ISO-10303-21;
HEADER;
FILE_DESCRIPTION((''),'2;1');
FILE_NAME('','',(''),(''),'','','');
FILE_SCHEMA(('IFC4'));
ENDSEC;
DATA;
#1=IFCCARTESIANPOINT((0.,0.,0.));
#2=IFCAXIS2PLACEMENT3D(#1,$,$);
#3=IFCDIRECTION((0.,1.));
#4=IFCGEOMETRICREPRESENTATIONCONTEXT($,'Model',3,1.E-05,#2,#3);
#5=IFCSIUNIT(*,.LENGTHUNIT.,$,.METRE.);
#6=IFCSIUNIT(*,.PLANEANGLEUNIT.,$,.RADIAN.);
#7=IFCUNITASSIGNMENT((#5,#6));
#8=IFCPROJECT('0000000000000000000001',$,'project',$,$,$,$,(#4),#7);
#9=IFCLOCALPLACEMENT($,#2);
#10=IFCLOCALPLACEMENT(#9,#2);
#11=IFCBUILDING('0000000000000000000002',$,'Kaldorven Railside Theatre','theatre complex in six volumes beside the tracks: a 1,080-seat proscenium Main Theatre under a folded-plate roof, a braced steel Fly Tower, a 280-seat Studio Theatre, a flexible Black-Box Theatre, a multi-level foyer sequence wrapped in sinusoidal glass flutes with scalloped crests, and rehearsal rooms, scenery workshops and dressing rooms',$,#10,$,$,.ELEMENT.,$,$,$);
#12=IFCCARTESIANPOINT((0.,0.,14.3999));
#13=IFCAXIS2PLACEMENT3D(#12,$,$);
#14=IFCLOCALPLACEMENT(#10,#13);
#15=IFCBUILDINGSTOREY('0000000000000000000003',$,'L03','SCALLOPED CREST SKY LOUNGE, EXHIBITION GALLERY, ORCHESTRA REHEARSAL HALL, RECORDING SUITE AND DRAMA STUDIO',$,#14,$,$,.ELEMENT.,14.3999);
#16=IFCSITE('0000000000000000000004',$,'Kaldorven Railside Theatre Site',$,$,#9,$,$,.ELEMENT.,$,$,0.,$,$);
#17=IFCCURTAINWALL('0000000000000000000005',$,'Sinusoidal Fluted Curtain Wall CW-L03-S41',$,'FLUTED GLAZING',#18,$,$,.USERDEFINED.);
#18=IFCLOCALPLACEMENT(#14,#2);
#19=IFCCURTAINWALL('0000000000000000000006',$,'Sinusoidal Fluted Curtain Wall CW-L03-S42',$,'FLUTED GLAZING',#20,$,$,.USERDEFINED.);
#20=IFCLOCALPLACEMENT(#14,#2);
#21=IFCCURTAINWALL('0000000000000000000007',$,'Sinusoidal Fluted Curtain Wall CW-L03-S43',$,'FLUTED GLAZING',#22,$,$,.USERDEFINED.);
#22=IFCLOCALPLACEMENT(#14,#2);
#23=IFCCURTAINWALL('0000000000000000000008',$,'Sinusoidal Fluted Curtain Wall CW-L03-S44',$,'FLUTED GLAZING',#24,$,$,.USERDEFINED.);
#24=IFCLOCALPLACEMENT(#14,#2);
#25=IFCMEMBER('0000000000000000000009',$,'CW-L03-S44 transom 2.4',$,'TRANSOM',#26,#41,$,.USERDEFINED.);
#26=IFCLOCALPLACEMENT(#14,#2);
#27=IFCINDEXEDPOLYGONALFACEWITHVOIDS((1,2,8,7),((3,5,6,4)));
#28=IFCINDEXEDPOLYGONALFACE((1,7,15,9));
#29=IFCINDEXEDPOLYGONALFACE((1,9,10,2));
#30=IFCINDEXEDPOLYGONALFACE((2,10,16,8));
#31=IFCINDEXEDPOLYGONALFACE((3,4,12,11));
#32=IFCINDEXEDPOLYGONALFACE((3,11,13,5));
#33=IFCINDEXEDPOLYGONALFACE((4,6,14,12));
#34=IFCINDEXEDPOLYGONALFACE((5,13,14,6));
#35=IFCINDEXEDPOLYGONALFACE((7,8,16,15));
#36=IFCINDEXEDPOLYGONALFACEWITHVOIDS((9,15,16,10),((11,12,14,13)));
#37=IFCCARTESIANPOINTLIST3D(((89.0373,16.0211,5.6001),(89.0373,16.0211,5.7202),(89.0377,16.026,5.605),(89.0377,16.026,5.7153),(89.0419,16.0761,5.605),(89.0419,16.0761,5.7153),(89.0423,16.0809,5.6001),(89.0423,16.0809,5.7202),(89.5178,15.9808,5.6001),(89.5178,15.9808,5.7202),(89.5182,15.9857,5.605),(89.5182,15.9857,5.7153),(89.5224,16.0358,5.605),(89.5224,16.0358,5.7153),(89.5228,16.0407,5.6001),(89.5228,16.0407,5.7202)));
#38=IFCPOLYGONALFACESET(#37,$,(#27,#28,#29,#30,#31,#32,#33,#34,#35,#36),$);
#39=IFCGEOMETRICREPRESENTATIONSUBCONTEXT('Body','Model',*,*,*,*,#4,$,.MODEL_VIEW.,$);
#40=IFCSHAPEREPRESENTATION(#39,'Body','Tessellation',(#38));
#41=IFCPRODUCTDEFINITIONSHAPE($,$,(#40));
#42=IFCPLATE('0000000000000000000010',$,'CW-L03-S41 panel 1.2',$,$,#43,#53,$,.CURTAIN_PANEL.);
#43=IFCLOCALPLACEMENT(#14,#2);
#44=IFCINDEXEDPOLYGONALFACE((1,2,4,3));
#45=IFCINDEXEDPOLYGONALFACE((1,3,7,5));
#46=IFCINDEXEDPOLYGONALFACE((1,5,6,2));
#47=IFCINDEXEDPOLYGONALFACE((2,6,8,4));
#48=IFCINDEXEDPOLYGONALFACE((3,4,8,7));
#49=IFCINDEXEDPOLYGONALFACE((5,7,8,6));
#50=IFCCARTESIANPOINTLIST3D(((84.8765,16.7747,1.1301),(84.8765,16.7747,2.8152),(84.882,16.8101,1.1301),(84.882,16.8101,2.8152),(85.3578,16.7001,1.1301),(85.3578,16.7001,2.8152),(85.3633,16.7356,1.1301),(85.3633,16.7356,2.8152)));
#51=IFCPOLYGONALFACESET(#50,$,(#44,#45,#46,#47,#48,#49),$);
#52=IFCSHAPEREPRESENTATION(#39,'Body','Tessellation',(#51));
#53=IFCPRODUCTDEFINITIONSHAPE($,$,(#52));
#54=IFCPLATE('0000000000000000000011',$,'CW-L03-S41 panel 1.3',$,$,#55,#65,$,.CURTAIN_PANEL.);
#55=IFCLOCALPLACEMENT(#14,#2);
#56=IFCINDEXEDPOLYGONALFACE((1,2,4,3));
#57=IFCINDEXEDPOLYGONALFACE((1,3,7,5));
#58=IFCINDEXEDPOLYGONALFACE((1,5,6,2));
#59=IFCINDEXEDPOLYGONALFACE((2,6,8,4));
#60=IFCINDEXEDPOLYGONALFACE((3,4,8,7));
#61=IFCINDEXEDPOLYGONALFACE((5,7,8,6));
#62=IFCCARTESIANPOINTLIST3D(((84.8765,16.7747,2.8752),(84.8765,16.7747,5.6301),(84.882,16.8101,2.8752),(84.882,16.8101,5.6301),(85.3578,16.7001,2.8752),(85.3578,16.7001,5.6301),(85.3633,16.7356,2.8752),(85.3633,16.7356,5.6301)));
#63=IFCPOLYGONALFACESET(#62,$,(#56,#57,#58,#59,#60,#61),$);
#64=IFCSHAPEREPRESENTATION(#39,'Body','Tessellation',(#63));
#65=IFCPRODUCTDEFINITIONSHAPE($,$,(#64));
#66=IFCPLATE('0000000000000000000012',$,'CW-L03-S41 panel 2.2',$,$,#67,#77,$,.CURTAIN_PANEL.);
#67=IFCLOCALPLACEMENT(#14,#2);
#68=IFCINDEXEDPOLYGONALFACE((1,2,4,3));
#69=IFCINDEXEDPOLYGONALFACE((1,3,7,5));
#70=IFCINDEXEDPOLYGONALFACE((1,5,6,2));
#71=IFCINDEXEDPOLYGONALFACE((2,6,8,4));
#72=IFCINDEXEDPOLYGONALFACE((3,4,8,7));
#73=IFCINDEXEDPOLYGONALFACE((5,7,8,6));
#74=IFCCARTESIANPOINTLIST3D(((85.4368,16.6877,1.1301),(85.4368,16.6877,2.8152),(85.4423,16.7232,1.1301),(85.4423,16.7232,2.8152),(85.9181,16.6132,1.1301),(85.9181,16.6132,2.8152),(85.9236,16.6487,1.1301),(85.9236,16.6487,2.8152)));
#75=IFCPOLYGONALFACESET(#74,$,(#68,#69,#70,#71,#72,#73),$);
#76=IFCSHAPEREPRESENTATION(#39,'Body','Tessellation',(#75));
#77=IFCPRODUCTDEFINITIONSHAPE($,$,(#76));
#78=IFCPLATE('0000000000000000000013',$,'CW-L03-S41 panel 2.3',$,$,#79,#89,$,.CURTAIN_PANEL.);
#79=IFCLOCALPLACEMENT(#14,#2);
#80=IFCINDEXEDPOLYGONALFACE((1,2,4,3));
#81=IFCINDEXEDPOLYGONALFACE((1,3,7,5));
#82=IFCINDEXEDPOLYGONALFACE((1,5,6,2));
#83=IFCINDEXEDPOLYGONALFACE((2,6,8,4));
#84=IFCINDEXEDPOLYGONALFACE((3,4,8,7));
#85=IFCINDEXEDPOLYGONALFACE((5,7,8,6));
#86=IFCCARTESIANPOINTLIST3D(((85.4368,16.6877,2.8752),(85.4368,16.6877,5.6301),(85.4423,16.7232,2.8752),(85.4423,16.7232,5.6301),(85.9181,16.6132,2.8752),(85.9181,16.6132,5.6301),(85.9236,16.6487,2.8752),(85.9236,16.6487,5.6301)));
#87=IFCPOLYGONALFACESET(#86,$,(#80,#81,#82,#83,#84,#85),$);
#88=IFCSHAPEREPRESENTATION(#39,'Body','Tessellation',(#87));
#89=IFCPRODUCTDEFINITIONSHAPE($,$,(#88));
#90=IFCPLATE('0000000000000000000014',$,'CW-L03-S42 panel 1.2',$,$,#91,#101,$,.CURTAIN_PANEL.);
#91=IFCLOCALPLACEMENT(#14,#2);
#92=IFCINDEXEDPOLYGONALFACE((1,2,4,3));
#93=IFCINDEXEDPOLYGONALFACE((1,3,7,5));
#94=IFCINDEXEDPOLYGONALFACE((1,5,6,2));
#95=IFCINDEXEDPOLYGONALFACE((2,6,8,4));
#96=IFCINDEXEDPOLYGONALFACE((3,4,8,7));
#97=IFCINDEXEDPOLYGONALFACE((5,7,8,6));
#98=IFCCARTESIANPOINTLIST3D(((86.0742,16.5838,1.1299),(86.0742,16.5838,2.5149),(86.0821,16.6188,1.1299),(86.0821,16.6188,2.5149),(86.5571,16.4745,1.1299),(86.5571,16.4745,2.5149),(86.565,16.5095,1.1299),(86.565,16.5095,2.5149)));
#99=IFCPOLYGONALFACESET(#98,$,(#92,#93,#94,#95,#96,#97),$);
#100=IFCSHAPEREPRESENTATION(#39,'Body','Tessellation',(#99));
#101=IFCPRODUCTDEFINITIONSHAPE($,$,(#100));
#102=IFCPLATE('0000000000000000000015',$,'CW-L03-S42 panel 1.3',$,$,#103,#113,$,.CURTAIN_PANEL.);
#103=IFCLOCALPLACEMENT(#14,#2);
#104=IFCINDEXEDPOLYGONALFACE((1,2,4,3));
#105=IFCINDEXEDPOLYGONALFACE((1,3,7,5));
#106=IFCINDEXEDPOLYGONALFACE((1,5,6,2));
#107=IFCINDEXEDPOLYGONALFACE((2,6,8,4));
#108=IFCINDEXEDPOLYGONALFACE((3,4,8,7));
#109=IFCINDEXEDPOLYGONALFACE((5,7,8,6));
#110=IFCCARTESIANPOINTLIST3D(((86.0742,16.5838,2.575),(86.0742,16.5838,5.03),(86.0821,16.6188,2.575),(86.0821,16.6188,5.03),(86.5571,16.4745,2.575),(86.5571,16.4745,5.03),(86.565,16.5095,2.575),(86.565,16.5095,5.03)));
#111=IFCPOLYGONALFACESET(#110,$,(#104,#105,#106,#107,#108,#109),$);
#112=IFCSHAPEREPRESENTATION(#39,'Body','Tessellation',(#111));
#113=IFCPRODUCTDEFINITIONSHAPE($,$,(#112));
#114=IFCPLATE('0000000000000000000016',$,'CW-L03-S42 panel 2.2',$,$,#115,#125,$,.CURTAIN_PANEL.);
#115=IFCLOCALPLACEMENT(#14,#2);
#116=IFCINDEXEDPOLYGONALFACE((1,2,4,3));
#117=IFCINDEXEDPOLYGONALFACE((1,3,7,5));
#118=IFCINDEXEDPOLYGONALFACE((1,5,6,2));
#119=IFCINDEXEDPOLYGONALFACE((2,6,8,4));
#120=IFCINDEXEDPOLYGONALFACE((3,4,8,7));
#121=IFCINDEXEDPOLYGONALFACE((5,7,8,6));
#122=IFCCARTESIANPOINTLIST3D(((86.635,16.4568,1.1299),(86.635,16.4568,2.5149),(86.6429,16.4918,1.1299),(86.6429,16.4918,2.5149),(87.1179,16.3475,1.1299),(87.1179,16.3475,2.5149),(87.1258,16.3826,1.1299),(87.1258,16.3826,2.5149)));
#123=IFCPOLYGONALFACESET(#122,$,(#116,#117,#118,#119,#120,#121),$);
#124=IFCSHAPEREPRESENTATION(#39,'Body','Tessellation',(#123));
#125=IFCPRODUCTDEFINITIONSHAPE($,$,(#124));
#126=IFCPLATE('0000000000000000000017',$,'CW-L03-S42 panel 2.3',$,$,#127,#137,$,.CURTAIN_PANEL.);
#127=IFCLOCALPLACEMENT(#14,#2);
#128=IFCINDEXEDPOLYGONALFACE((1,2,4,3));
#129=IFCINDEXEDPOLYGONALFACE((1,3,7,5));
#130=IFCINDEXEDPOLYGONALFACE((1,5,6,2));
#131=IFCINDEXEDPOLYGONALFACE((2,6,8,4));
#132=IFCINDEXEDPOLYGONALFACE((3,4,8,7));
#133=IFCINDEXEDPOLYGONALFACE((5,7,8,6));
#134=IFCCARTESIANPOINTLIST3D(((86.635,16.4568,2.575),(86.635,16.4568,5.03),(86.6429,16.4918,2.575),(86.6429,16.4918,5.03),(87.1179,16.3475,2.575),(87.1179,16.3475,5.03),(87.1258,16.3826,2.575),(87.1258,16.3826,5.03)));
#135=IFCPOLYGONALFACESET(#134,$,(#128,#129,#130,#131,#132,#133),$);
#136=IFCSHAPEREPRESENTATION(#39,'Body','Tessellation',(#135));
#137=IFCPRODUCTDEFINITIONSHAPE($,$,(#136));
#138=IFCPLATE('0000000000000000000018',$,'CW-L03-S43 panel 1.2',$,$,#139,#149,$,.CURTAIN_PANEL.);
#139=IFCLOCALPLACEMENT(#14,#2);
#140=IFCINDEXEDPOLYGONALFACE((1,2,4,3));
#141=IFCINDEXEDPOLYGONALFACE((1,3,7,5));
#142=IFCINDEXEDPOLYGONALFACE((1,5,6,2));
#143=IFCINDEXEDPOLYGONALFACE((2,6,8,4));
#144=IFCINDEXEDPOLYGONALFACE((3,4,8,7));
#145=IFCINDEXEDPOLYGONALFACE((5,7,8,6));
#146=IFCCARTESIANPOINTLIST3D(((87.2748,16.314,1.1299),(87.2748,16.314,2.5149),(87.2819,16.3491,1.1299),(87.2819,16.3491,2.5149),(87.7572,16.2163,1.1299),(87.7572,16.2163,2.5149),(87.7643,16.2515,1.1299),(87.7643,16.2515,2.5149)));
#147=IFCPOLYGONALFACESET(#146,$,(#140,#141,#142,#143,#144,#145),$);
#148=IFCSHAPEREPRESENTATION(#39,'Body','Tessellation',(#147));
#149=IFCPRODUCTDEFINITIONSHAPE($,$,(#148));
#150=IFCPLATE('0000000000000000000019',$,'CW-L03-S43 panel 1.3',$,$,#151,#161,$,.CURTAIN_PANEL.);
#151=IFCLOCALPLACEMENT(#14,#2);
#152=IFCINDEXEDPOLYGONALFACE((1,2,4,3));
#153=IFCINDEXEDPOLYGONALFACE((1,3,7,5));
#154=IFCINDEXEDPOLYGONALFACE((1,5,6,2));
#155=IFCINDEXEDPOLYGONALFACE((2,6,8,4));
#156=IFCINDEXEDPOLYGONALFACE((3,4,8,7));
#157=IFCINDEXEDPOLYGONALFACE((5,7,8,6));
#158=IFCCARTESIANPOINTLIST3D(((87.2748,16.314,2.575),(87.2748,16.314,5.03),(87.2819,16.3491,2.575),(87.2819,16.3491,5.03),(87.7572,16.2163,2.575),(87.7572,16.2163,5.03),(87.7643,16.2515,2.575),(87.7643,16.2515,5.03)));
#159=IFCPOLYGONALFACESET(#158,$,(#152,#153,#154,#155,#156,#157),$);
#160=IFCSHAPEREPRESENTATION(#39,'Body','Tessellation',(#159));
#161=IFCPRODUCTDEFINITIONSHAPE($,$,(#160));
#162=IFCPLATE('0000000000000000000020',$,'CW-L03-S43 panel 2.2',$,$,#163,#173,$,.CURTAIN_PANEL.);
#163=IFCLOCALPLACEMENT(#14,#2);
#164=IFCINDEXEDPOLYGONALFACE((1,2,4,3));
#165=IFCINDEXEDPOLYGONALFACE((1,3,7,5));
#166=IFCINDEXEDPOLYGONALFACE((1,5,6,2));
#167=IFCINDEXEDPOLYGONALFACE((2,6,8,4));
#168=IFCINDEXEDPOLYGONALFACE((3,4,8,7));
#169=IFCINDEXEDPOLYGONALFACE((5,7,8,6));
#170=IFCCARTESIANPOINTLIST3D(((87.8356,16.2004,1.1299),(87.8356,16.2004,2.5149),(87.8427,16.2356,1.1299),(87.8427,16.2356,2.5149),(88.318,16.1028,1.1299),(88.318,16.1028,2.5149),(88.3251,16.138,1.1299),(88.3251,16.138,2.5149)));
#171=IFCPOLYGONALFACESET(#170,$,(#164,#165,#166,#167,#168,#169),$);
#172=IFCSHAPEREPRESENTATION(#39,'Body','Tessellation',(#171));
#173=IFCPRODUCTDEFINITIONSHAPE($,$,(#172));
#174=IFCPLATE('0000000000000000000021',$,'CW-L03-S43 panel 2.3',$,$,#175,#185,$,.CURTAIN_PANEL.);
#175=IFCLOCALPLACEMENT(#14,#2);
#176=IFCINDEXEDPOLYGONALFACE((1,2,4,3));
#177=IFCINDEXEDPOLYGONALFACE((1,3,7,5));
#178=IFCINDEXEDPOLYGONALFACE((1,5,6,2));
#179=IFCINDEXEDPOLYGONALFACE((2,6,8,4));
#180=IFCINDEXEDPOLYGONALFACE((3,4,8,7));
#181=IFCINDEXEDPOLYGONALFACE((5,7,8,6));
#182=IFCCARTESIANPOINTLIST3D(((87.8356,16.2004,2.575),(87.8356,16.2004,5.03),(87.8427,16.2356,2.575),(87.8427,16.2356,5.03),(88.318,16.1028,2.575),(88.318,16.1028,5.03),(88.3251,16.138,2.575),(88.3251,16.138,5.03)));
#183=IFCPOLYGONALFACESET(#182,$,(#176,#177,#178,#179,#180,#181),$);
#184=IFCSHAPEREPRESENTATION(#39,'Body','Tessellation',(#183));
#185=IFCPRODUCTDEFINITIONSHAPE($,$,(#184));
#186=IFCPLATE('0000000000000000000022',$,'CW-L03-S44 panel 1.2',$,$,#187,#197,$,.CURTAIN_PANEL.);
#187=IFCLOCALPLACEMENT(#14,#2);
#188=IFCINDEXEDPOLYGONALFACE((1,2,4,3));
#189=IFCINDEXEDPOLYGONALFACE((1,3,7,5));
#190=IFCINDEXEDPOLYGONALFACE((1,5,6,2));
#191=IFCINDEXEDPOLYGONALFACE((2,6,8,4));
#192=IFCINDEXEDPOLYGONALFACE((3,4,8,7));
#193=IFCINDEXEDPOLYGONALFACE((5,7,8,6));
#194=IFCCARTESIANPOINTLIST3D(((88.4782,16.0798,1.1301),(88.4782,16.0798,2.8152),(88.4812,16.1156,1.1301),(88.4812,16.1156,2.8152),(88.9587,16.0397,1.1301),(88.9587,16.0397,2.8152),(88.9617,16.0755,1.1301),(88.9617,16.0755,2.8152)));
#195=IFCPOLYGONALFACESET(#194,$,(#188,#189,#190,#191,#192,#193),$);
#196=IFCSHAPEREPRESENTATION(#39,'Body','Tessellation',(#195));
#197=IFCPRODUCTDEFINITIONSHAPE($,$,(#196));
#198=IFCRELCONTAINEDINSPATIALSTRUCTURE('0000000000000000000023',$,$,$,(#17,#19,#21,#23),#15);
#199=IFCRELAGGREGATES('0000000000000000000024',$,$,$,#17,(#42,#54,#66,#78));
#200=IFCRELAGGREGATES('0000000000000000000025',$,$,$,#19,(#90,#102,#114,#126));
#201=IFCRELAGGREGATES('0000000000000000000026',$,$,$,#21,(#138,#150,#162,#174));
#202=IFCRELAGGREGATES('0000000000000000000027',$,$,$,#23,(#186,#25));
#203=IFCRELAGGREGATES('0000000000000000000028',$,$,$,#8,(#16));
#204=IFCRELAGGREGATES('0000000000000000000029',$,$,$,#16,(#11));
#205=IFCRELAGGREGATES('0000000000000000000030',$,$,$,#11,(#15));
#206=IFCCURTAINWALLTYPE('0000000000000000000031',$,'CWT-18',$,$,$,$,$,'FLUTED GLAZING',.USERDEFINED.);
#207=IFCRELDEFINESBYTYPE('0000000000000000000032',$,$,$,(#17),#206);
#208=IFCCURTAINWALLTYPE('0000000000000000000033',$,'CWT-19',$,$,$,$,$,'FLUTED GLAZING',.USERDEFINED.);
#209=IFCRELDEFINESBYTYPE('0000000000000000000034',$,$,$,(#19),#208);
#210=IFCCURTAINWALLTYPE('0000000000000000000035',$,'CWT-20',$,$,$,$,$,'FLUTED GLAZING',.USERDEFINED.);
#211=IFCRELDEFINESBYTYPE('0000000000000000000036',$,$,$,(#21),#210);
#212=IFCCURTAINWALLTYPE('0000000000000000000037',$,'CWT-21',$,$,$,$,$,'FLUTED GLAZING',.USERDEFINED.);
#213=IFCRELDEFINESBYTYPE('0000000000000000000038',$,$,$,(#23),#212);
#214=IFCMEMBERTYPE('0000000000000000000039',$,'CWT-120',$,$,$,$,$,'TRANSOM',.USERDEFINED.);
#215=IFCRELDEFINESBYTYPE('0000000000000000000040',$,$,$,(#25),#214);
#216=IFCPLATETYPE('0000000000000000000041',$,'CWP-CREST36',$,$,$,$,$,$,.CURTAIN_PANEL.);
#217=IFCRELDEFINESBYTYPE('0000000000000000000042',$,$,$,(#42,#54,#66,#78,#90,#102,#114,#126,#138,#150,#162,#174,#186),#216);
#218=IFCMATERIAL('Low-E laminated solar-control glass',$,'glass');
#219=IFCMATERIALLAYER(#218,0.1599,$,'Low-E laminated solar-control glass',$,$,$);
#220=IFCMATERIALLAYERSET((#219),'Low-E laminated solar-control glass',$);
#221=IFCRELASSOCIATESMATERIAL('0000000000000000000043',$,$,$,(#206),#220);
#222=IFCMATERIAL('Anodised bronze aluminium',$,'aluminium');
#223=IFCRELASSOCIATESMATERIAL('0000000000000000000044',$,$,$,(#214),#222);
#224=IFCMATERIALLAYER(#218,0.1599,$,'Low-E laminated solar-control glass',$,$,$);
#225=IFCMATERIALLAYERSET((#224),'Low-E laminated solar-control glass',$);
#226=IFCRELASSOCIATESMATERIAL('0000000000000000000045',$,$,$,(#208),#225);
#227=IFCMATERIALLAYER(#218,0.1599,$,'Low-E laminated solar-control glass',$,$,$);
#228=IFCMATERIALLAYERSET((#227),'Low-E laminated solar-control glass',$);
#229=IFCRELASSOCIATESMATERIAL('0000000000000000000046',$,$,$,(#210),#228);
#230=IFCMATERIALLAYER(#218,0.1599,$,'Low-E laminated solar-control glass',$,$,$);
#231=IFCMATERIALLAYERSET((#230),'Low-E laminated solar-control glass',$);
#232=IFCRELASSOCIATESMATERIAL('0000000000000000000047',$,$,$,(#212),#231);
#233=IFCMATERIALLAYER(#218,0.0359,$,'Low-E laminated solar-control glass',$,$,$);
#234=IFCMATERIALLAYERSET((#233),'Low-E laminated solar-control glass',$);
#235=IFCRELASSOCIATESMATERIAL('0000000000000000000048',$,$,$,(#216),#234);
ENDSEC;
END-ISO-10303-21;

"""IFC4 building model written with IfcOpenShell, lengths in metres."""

from ifc_helpers import new_model, si_unit, direction, frame, origin, origin_2d, place, context, subcontext, project, spatial, rectangle, hollow_rectangle, extrude, material, layer, layer_set, material_profile, profile_set, type_object, element, aggregate, save


model = new_model("IFC4")

# Units and contexts
model_context = context("Model", 3, precision=1e-05, world=origin(), true_north=direction((0.0, 1.0)))
body_context = subcontext(model_context, "Body", "Model", "MODEL_VIEW")
ifc_project = project(units=[si_unit("LENGTHUNIT", "METRE"), si_unit("PLANEANGLEUNIT", "RADIAN")], contexts=[model_context])

# Site, building, storey
site_placement = place(None, origin())
site = spatial("IfcSite", under=ifc_project, at=site_placement, Name="Kaldorven Railside Theatre Site", CompositionType="ELEMENT", RefElevation=0.0)
building_placement = place(site_placement, origin())
building = spatial("IfcBuilding", under=site, at=building_placement, Name="Kaldorven Railside Theatre", Description="theatre complex in six volumes beside the tracks: a 1,080-seat proscenium Main Theatre under a folded-plate roof, a braced steel Fly Tower, a 280-seat Studio Theatre, a flexible Black-Box Theatre, a multi-level foyer sequence wrapped in sinusoidal glass flutes with scalloped crests, and rehearsal rooms, scenery workshops and dressing rooms", CompositionType="ELEMENT")
storey_placement = place(building_placement, frame((0.0, 0.0, 14.3999)))
storey = spatial("IfcBuildingStorey", under=building, at=storey_placement, Name="L03", Description="SCALLOPED CREST SKY LOUNGE, EXHIBITION GALLERY, ORCHESTRA REHEARSAL HALL, RECORDING SUITE AND DRAMA STUDIO", CompositionType="ELEMENT", Elevation=14.3999)

# Curtain walls, member
ifc_material_1 = material(Name="Low-E laminated solar-control glass", Category="glass")
ifc_layer_1 = layer(ifc_material_1, 0.1599, Name="Low-E laminated solar-control glass")
ifc_layer_set_1 = layer_set([ifc_layer_1], Name="Low-E laminated solar-control glass")
curtain_wall_type_1 = type_object("IfcCurtainWallType", Name="CWT-18", ElementType="FLUTED GLAZING", PredefinedType="USERDEFINED", material=ifc_layer_set_1)
curtain_wall_1_placement = place(storey_placement, origin())
curtain_wall_1 = element("IfcCurtainWall", 1, at=curtain_wall_1_placement, inside=storey, type_object=curtain_wall_type_1, Name="Sinusoidal Fluted Curtain Wall CW-L03-S41", ObjectType="FLUTED GLAZING", PredefinedType="USERDEFINED")
ifc_material_2 = material(Name="Anodised bronze aluminium", Category="aluminium")
ifc_material_profile = material_profile(ifc_material_2, hollow_rectangle(XDim=0.0601, YDim=0.1201, WallThickness=0.0049, at=origin_2d()), Name="RHS 120x60x5")
ifc_profile_set = profile_set([ifc_material_profile], Name="Anodised bronze aluminium")
member_type = type_object("IfcMemberType", Name="CWT-120", ElementType="TRANSOM", PredefinedType="USERDEFINED", material=ifc_profile_set)
ifc_layer_2 = layer(ifc_material_1, 0.1599, Name="Low-E laminated solar-control glass")
ifc_layer_set_2 = layer_set([ifc_layer_2], Name="Low-E laminated solar-control glass")
curtain_wall_type_2 = type_object("IfcCurtainWallType", Name="CWT-19", ElementType="FLUTED GLAZING", PredefinedType="USERDEFINED", material=ifc_layer_set_2)
curtain_wall_2_placement = place(storey_placement, origin())
curtain_wall_2 = element("IfcCurtainWall", 2, at=curtain_wall_2_placement, inside=storey, type_object=curtain_wall_type_2, Name="Sinusoidal Fluted Curtain Wall CW-L03-S42", ObjectType="FLUTED GLAZING", PredefinedType="USERDEFINED")
ifc_layer_3 = layer(ifc_material_1, 0.1599, Name="Low-E laminated solar-control glass")
ifc_layer_set_3 = layer_set([ifc_layer_3], Name="Low-E laminated solar-control glass")
curtain_wall_type_3 = type_object("IfcCurtainWallType", Name="CWT-20", ElementType="FLUTED GLAZING", PredefinedType="USERDEFINED", material=ifc_layer_set_3)
curtain_wall_3_placement = place(storey_placement, origin())
curtain_wall_3 = element("IfcCurtainWall", 3, at=curtain_wall_3_placement, inside=storey, type_object=curtain_wall_type_3, Name="Sinusoidal Fluted Curtain Wall CW-L03-S43", ObjectType="FLUTED GLAZING", PredefinedType="USERDEFINED")
ifc_layer_4 = layer(ifc_material_1, 0.1599, Name="Low-E laminated solar-control glass")
ifc_layer_set_4 = layer_set([ifc_layer_4], Name="Low-E laminated solar-control glass")
curtain_wall_type_4 = type_object("IfcCurtainWallType", Name="CWT-21", ElementType="FLUTED GLAZING", PredefinedType="USERDEFINED", material=ifc_layer_set_4)
curtain_wall_4_placement = place(storey_placement, origin())
curtain_wall_4 = element("IfcCurtainWall", 4, at=curtain_wall_4_placement, inside=storey, type_object=curtain_wall_type_4, Name="Sinusoidal Fluted Curtain Wall CW-L03-S44", ObjectType="FLUTED GLAZING", PredefinedType="USERDEFINED")
member_1_placement = place(storey_placement, frame((89.0398, 16.051, 5.6602), z_axis=(0.996504, -0.083548, 0.0), x_axis=(0.083548, 0.996504, 0.0)))
member_1 = element("IfcMember", 5, at=member_1_placement, type_object=member_type, Name="CW-L03-S44 transom 2.4", ObjectType="TRANSOM", PredefinedType="USERDEFINED", context=body_context, shape_type="SweptSolid", body=[
    extrude(hollow_rectangle(XDim=0.0601, YDim=0.1201, WallThickness=0.0049, at=origin_2d()), origin(), (0.0, 0.0, 1.0), 0.4822),
])

# Plates
ifc_layer_5 = layer(ifc_material_1, 0.0359, Name="Low-E laminated solar-control glass")
ifc_layer_set_5 = layer_set([ifc_layer_5], Name="Low-E laminated solar-control glass")
plate_type = type_object("IfcPlateType", Name="CWP-CREST36", PredefinedType="CURTAIN_PANEL", material=ifc_layer_set_5)
plate_1_placement = place(storey_placement, frame((85.1199, 16.7551, 1.1301), z_axis=(0.0, 0.0, 1.0), x_axis=(0.988225, -0.15301, 0.0)))
plate_1 = element("IfcPlate", 6, at=plate_1_placement, type_object=plate_type, Name="CW-L03-S41 panel 1.2", PredefinedType="CURTAIN_PANEL", context=body_context, shape_type="SweptSolid", body=[
    extrude(rectangle(XDim=0.4871, YDim=0.0359, at=origin_2d()), origin(), (0.0, 0.0, 1.0), 1.6851),
])
plate_2_placement = place(storey_placement, frame((85.1199, 16.7551, 2.8752), z_axis=(0.0, 0.0, 1.0), x_axis=(0.988225, -0.15301, 0.0)))
plate_2 = element("IfcPlate", 7, at=plate_2_placement, type_object=plate_type, Name="CW-L03-S41 panel 1.3", PredefinedType="CURTAIN_PANEL", context=body_context, shape_type="SweptSolid", body=[
    extrude(rectangle(XDim=0.4871, YDim=0.0359, at=origin_2d()), origin(), (0.0, 0.0, 1.0), 2.7549),
])
plate_3_placement = place(storey_placement, frame((85.6802, 16.6682, 1.1301), z_axis=(0.0, 0.0, 1.0), x_axis=(0.988225, -0.15301, 0.0)))
plate_3 = element("IfcPlate", 8, at=plate_3_placement, type_object=plate_type, Name="CW-L03-S41 panel 2.2", PredefinedType="CURTAIN_PANEL", context=body_context, shape_type="SweptSolid", body=[
    extrude(rectangle(XDim=0.4871, YDim=0.0359, at=origin_2d()), origin(), (0.0, 0.0, 1.0), 1.6851),
])
plate_4_placement = place(storey_placement, frame((85.6802, 16.6682, 2.8752), z_axis=(0.0, 0.0, 1.0), x_axis=(0.988225, -0.15301, 0.0)))
plate_4 = element("IfcPlate", 9, at=plate_4_placement, type_object=plate_type, Name="CW-L03-S41 panel 2.3", PredefinedType="CURTAIN_PANEL", context=body_context, shape_type="SweptSolid", body=[
    extrude(rectangle(XDim=0.4871, YDim=0.0359, at=origin_2d()), origin(), (0.0, 0.0, 1.0), 2.7549),
])
aggregate(curtain_wall_1, [plate_1, plate_2, plate_3, plate_4])
plate_5_placement = place(storey_placement, frame((86.3196, 16.5466, 1.1299), z_axis=(0.0, 0.0, 1.0), x_axis=(0.975348, -0.220672, 0.0)))
plate_5 = element("IfcPlate", 10, at=plate_5_placement, type_object=plate_type, Name="CW-L03-S42 panel 1.2", PredefinedType="CURTAIN_PANEL", context=body_context, shape_type="SweptSolid", body=[
    extrude(rectangle(XDim=0.4951, YDim=0.0359, at=origin_2d()), origin(), (0.0, 0.0, 1.0), 1.385),
])
plate_6_placement = place(storey_placement, frame((86.3196, 16.5466, 2.575), z_axis=(0.0, 0.0, 1.0), x_axis=(0.975348, -0.220672, 0.0)))
plate_6 = element("IfcPlate", 11, at=plate_6_placement, type_object=plate_type, Name="CW-L03-S42 panel 1.3", PredefinedType="CURTAIN_PANEL", context=body_context, shape_type="SweptSolid", body=[
    extrude(rectangle(XDim=0.4951, YDim=0.0359, at=origin_2d()), origin(), (0.0, 0.0, 1.0), 2.4551),
])
plate_7_placement = place(storey_placement, frame((86.8804, 16.4197, 1.1299), z_axis=(0.0, 0.0, 1.0), x_axis=(0.975348, -0.220672, 0.0)))
plate_7 = element("IfcPlate", 12, at=plate_7_placement, type_object=plate_type, Name="CW-L03-S42 panel 2.2", PredefinedType="CURTAIN_PANEL", context=body_context, shape_type="SweptSolid", body=[
    extrude(rectangle(XDim=0.4951, YDim=0.0359, at=origin_2d()), origin(), (0.0, 0.0, 1.0), 1.385),
])
plate_8_placement = place(storey_placement, frame((86.8804, 16.4197, 2.575), z_axis=(0.0, 0.0, 1.0), x_axis=(0.975348, -0.220672, 0.0)))
plate_8 = element("IfcPlate", 13, at=plate_8_placement, type_object=plate_type, Name="CW-L03-S42 panel 2.3", PredefinedType="CURTAIN_PANEL", context=body_context, shape_type="SweptSolid", body=[
    extrude(rectangle(XDim=0.4951, YDim=0.0359, at=origin_2d()), origin(), (0.0, 0.0, 1.0), 2.4551),
])
aggregate(curtain_wall_2, [plate_5, plate_6, plate_7, plate_8])
plate_9_placement = place(storey_placement, frame((87.5195, 16.2827, 1.1299), z_axis=(0.0, 0.0, 1.0), x_axis=(0.980123, -0.198393, 0.0)))
plate_9 = element("IfcPlate", 14, at=plate_9_placement, type_object=plate_type, Name="CW-L03-S43 panel 1.2", PredefinedType="CURTAIN_PANEL", context=body_context, shape_type="SweptSolid", body=[
    extrude(rectangle(XDim=0.4922, YDim=0.0359, at=origin_2d()), origin(), (0.0, 0.0, 1.0), 1.385),
])
plate_10_placement = place(storey_placement, frame((87.5195, 16.2827, 2.575), z_axis=(0.0, 0.0, 1.0), x_axis=(0.980123, -0.198393, 0.0)))
plate_10 = element("IfcPlate", 15, at=plate_10_placement, type_object=plate_type, Name="CW-L03-S43 panel 1.3", PredefinedType="CURTAIN_PANEL", context=body_context, shape_type="SweptSolid", body=[
    extrude(rectangle(XDim=0.4922, YDim=0.0359, at=origin_2d()), origin(), (0.0, 0.0, 1.0), 2.4551),
])
plate_11_placement = place(storey_placement, frame((88.0803, 16.1692, 1.1299), z_axis=(0.0, 0.0, 1.0), x_axis=(0.980123, -0.198393, 0.0)))
plate_11 = element("IfcPlate", 16, at=plate_11_placement, type_object=plate_type, Name="CW-L03-S43 panel 2.2", PredefinedType="CURTAIN_PANEL", context=body_context, shape_type="SweptSolid", body=[
    extrude(rectangle(XDim=0.4922, YDim=0.0359, at=origin_2d()), origin(), (0.0, 0.0, 1.0), 1.385),
])
plate_12_placement = place(storey_placement, frame((88.0803, 16.1692, 2.575), z_axis=(0.0, 0.0, 1.0), x_axis=(0.980123, -0.198393, 0.0)))
plate_12 = element("IfcPlate", 17, at=plate_12_placement, type_object=plate_type, Name="CW-L03-S43 panel 2.3", PredefinedType="CURTAIN_PANEL", context=body_context, shape_type="SweptSolid", body=[
    extrude(rectangle(XDim=0.4922, YDim=0.0359, at=origin_2d()), origin(), (0.0, 0.0, 1.0), 2.4551),
])
aggregate(curtain_wall_3, [plate_9, plate_10, plate_11, plate_12])
plate_13_placement = place(storey_placement, frame((88.72, 16.0776, 1.1301), z_axis=(0.0, 0.0, 1.0), x_axis=(0.996532, -0.08321, 0.0)))
plate_13 = element("IfcPlate", 18, at=plate_13_placement, type_object=plate_type, Name="CW-L03-S44 panel 1.2", PredefinedType="CURTAIN_PANEL", context=body_context, shape_type="SweptSolid", body=[
    extrude(rectangle(XDim=0.4822, YDim=0.0359, at=origin_2d()), origin(), (0.0, 0.0, 1.0), 1.6851),
])
aggregate(curtain_wall_4, [plate_13, member_1])

save(model, "model.ifc")
